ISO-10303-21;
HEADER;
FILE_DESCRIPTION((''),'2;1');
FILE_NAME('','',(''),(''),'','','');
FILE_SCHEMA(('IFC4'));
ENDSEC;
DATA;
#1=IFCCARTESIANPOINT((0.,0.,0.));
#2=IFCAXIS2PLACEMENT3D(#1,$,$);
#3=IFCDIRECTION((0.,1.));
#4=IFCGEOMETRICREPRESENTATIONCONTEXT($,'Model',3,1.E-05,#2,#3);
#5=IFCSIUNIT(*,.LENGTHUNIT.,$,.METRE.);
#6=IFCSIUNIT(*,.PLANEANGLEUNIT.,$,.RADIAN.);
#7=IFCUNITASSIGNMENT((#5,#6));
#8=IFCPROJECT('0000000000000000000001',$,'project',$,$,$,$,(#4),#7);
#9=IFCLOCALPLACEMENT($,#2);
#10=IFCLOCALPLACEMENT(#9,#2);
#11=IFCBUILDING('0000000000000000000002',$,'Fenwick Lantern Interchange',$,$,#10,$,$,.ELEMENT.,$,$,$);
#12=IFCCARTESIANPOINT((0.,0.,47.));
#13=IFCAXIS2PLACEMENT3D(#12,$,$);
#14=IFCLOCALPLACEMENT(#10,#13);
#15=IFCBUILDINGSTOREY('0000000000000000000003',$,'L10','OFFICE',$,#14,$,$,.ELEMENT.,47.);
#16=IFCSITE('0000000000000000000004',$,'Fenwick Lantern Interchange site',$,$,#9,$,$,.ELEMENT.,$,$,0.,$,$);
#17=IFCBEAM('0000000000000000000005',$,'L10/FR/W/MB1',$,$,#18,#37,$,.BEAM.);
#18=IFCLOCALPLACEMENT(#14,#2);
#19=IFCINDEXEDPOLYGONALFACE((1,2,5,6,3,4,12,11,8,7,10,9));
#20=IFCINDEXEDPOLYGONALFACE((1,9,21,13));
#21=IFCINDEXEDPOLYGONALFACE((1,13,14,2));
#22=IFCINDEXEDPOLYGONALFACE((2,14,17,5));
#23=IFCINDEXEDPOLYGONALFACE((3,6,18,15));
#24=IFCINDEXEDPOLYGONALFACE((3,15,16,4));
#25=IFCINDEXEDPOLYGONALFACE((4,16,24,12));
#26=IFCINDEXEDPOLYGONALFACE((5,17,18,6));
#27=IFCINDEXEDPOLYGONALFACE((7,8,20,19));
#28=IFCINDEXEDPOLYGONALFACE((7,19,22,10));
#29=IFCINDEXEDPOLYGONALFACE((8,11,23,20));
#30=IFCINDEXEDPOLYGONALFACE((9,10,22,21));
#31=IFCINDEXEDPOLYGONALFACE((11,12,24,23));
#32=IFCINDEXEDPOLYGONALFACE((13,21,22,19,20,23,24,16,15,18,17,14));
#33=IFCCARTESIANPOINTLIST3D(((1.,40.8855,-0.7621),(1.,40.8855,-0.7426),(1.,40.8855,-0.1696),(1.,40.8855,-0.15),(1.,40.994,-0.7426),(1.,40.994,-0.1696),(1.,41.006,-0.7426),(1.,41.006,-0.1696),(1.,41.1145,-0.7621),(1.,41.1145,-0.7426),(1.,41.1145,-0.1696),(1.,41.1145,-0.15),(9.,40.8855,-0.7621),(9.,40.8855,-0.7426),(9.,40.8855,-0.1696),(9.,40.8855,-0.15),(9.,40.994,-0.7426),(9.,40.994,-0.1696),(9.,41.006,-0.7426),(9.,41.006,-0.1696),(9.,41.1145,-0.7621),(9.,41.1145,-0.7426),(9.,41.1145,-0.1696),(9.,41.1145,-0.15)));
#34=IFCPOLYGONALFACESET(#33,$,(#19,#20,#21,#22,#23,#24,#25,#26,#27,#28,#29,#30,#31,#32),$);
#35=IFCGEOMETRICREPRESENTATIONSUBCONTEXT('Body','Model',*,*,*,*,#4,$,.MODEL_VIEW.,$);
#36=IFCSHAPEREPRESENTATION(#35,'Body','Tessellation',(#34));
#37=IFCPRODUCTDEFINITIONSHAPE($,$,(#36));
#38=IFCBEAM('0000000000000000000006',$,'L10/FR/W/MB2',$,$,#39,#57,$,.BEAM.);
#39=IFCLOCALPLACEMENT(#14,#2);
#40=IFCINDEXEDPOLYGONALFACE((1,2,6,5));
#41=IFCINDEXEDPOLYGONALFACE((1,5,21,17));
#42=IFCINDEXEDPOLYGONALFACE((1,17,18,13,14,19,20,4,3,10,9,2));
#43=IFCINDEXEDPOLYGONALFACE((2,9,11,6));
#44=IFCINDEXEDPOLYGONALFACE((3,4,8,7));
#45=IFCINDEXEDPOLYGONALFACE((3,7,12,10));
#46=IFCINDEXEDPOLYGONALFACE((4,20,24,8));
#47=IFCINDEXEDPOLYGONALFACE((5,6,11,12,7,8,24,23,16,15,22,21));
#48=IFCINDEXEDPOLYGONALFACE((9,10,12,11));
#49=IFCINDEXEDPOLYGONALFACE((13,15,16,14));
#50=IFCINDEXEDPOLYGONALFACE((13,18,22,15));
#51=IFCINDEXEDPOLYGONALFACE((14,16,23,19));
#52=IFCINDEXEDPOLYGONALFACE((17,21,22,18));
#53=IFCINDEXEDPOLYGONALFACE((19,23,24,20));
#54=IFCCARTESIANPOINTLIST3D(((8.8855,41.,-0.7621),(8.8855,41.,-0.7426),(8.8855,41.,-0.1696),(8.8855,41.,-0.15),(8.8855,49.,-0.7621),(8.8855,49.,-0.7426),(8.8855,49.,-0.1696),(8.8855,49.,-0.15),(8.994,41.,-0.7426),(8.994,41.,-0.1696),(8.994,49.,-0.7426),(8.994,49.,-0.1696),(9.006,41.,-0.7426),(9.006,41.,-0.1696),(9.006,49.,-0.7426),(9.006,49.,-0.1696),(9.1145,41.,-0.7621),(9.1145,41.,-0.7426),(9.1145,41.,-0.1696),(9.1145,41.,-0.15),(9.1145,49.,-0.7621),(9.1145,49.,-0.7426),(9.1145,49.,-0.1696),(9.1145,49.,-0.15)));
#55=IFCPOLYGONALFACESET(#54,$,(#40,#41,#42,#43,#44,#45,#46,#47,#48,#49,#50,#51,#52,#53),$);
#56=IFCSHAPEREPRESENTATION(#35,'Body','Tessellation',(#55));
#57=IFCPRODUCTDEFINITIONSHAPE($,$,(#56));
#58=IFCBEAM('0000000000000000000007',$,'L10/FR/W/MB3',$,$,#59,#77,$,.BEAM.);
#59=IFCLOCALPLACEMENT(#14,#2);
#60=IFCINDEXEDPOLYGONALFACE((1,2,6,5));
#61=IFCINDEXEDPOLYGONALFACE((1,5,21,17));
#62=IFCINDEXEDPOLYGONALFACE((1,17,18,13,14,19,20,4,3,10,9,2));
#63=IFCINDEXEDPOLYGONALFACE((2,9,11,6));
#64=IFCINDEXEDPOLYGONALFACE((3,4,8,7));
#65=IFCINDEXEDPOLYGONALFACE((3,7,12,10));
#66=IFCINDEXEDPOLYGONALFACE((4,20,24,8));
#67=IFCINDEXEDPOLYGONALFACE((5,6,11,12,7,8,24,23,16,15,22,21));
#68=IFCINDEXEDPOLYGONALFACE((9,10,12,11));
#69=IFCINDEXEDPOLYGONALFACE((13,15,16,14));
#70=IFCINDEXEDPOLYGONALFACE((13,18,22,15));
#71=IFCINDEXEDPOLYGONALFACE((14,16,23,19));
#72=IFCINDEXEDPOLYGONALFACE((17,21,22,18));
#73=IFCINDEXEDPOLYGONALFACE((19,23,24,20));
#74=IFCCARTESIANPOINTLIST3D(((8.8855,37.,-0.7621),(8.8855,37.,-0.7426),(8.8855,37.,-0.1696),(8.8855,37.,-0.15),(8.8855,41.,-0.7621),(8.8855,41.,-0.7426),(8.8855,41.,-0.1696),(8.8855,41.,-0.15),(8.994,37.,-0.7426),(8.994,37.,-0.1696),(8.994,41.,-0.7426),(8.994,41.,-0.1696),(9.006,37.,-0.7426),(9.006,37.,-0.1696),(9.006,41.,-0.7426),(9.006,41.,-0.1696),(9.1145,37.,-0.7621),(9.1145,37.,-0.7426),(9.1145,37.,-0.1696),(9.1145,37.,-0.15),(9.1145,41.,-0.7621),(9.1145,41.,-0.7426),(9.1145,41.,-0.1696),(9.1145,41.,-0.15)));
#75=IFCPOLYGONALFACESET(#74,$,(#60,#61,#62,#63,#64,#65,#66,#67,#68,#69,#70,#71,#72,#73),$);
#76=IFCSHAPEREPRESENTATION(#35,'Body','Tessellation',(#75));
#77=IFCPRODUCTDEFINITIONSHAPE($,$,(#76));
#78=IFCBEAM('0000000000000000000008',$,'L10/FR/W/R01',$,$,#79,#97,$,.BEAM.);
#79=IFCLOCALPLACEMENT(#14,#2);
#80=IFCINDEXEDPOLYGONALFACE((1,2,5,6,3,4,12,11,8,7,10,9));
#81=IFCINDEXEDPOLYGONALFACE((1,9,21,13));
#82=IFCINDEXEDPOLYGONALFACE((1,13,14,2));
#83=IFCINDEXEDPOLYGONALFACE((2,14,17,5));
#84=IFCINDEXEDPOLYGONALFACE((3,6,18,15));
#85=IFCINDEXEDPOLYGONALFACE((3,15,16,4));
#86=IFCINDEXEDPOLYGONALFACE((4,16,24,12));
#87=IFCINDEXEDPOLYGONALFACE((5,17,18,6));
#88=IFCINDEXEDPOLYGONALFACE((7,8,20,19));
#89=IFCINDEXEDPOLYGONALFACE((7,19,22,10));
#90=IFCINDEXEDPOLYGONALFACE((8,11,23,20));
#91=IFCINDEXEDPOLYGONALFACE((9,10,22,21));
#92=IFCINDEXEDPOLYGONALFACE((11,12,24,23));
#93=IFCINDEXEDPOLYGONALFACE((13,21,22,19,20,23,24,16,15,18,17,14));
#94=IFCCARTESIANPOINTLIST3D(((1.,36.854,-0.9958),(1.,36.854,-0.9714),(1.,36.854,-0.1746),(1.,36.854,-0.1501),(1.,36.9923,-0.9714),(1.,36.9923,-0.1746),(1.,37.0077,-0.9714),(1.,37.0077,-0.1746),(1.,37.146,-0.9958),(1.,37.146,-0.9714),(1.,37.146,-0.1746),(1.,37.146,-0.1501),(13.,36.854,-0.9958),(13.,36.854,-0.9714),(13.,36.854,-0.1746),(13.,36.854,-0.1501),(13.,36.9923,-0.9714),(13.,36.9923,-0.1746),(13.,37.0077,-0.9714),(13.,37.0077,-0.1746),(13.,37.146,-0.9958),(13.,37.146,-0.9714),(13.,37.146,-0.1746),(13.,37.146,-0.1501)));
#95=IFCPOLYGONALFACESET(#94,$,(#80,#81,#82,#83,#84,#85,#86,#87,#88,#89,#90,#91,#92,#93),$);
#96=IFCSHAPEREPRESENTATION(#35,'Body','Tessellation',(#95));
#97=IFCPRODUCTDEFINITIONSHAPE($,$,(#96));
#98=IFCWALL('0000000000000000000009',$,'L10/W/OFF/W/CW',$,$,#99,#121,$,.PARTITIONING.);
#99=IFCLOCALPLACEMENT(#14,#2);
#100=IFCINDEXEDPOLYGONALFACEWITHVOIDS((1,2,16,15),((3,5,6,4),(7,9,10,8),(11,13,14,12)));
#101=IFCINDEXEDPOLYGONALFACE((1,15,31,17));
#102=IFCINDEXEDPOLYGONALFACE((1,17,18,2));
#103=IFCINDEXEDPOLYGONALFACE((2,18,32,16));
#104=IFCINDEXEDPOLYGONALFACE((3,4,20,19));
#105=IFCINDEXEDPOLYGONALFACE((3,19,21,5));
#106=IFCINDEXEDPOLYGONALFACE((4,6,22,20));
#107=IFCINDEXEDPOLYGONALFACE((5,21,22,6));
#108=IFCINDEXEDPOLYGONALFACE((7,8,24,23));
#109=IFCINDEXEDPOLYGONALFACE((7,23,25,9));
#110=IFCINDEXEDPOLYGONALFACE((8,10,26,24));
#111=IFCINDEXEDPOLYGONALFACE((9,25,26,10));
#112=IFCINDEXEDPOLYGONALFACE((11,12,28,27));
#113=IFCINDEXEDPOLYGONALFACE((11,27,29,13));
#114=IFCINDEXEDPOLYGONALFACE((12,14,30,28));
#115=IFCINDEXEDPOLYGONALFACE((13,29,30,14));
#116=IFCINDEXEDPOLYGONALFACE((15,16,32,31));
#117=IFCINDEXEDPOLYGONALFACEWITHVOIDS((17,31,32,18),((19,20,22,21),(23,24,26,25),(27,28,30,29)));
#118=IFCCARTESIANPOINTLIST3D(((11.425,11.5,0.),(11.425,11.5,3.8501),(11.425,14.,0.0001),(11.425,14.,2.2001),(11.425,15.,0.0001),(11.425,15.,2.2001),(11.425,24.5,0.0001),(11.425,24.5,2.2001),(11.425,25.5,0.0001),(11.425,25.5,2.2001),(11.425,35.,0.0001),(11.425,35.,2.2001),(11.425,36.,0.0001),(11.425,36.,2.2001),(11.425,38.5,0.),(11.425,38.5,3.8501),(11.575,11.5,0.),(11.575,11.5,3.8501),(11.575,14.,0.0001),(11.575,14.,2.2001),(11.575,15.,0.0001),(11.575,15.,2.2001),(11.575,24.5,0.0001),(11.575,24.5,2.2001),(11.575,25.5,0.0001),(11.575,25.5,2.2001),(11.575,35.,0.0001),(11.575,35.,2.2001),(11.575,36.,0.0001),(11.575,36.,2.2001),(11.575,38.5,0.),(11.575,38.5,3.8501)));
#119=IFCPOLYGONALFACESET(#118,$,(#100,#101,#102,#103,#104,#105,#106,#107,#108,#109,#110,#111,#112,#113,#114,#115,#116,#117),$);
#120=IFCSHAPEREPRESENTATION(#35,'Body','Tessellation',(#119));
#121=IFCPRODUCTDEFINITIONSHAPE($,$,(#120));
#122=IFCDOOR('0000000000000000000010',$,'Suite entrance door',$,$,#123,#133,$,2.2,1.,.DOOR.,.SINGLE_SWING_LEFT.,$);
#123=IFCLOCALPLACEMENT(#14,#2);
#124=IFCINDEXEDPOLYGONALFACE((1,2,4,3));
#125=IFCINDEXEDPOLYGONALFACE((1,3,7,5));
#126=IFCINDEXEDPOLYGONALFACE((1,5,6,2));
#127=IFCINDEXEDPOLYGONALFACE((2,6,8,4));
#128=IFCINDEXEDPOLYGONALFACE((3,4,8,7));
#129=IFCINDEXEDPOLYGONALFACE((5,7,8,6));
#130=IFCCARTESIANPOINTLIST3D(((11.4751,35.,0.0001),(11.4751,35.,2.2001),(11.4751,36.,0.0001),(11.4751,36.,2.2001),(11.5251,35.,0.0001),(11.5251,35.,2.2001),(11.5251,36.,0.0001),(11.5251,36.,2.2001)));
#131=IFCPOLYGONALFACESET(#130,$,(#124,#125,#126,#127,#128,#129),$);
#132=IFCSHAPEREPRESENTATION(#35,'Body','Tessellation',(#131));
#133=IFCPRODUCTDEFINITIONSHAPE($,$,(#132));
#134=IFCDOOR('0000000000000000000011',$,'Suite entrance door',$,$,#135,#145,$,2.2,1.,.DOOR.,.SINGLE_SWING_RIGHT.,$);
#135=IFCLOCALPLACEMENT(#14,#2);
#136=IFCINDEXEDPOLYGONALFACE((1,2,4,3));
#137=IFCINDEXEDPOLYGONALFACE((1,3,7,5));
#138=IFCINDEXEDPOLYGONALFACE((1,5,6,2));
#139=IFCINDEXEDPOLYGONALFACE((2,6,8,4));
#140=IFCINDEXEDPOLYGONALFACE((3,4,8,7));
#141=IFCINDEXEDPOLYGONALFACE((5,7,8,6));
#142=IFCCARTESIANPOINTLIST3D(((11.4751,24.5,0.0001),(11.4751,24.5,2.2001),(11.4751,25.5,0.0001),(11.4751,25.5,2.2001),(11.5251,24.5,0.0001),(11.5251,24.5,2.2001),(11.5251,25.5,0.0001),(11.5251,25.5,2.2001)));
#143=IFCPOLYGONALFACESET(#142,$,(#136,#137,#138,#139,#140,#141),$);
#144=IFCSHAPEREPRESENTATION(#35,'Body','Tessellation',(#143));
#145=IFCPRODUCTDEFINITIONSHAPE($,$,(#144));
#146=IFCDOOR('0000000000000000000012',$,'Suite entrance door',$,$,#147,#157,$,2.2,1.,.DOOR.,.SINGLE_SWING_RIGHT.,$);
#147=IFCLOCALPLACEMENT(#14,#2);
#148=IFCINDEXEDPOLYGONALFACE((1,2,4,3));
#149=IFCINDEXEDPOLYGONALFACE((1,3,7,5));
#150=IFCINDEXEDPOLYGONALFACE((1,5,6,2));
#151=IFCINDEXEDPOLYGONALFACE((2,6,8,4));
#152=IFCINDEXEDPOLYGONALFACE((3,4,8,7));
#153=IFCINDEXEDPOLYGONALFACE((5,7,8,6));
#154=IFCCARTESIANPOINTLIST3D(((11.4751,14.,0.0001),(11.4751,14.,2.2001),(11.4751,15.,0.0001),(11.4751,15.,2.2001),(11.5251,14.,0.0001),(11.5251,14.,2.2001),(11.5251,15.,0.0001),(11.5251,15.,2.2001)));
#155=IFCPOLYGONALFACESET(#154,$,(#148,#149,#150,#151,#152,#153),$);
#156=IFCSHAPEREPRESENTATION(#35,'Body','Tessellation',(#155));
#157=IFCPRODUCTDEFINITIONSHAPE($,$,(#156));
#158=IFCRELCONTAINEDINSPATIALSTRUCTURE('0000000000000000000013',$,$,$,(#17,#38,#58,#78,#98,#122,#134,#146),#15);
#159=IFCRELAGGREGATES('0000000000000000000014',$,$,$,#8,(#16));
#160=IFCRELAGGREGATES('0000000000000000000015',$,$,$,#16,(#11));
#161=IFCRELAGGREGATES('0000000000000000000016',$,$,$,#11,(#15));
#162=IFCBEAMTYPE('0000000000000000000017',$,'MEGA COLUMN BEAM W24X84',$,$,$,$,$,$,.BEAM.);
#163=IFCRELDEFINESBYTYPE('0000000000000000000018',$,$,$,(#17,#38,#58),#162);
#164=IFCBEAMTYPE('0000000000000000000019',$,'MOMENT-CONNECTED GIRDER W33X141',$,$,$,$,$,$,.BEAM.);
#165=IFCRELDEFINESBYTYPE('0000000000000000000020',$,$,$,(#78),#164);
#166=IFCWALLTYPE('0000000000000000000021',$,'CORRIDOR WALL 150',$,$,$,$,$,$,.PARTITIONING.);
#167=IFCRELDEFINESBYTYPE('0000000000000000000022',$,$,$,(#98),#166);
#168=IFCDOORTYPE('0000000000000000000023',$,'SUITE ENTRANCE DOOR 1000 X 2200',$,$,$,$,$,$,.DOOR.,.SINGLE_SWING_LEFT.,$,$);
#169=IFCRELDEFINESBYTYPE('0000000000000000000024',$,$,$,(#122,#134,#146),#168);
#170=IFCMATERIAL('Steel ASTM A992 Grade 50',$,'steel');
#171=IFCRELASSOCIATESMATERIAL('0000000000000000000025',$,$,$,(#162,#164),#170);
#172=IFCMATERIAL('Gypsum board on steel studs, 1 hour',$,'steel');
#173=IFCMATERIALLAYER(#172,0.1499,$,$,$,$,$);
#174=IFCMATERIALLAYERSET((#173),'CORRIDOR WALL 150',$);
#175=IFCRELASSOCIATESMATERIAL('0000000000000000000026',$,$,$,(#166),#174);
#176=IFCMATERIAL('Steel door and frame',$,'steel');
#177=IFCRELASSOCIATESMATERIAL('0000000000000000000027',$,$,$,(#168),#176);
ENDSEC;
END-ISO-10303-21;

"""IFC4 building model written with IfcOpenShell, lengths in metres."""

from ifc_helpers import new_model, si_unit, direction, frame, frame_2d, origin, origin_2d, place, context, subcontext, project, spatial, rectangle, i_section, extrude, material, layer, layer_set, material_profile, profile_set, type_object, element, fill, save


model = new_model("IFC4")

# Units and contexts
model_context = context("Model", 3, precision=1e-05, world=origin(), true_north=direction((0.0, 1.0)))
body_context = subcontext(model_context, "Body", "Model", "MODEL_VIEW")
ifc_project = project(units=[si_unit("LENGTHUNIT", "METRE"), si_unit("PLANEANGLEUNIT", "RADIAN")], contexts=[model_context])

# Site, building, storey
site_placement = place(None, origin())
site = spatial("IfcSite", under=ifc_project, at=site_placement, Name="Fenwick Lantern Interchange site", CompositionType="ELEMENT", RefElevation=0.0)
building_placement = place(site_placement, origin())
building = spatial("IfcBuilding", under=site, at=building_placement, Name="Fenwick Lantern Interchange", CompositionType="ELEMENT")
storey_placement = place(building_placement, frame((0.0, 0.0, 47.0)))
storey = spatial("IfcBuildingStorey", under=building, at=storey_placement, Name="L10", Description="OFFICE", CompositionType="ELEMENT", Elevation=47.0)

# Beams
ifc_material_1 = material(Name="Steel ASTM A992 Grade 50", Category="steel")
ifc_material_profile_1 = material_profile(ifc_material_1, i_section(OverallWidth=0.229, OverallDepth=0.6121, WebThickness=0.012, FlangeThickness=0.0195, at=origin_2d()), Name="W24X84")
ifc_profile_set_1 = profile_set([ifc_material_profile_1], Name="Steel ASTM A992 Grade 50")
beam_type_1 = type_object("IfcBeamType", Name="MEGA COLUMN BEAM W24X84", PredefinedType="BEAM", material=ifc_profile_set_1)
for number, where, z_axis, x_axis, name in (
    (1, (9.0, 41.0, -0.4561), (-1.0, 0.0, 0.0), (0.0, -1.0, 0.0), "L10/FR/W/MB1"),
    (2, (9.0, 41.0, -0.4561), (0.0, 1.0, 0.0), (-1.0, 0.0, 0.0), "L10/FR/W/MB2"),
):
    element("IfcBeam", number, at=place(storey_placement, frame(where, z_axis=z_axis, x_axis=x_axis)), inside=storey, type_object=beam_type_1, Name=name, PredefinedType="BEAM", context=body_context, shape_type="SweptSolid", body=[
        extrude(i_section(OverallWidth=0.229, OverallDepth=0.6121, WebThickness=0.012, FlangeThickness=0.0195, at=origin_2d()), origin(), (0.0, 0.0, 1.0), 8.0),
    ])
beam_1_placement = place(storey_placement, frame((9.0, 41.0, -0.4561), z_axis=(0.0, -1.0, 0.0), x_axis=(1.0, 0.0, 0.0)))
element("IfcBeam", 3, at=beam_1_placement, inside=storey, type_object=beam_type_1, Name="L10/FR/W/MB3", PredefinedType="BEAM", context=body_context, shape_type="SweptSolid", body=[
    extrude(i_section(OverallWidth=0.229, OverallDepth=0.6121, WebThickness=0.012, FlangeThickness=0.0195, at=origin_2d()), origin(), (0.0, 0.0, 1.0), 4.0),
])
ifc_material_profile_2 = material_profile(ifc_material_1, i_section(OverallWidth=0.292, OverallDepth=0.8457, WebThickness=0.0154, FlangeThickness=0.0244, at=origin_2d()), Name="W33X141")
ifc_profile_set_2 = profile_set([ifc_material_profile_2], Name="Steel ASTM A992 Grade 50")
beam_type_2 = type_object("IfcBeamType", Name="MOMENT-CONNECTED GIRDER W33X141", PredefinedType="BEAM", material=ifc_profile_set_2)
beam_2_placement = place(storey_placement, frame((1.0, 37.0, -0.573), z_axis=(1.0, 0.0, 0.0), x_axis=(0.0, 1.0, 0.0)))
element("IfcBeam", 4, at=beam_2_placement, inside=storey, type_object=beam_type_2, Name="L10/FR/W/R01", PredefinedType="BEAM", context=body_context, shape_type="SweptSolid", body=[
    extrude(i_section(OverallWidth=0.292, OverallDepth=0.8457, WebThickness=0.0154, FlangeThickness=0.0244, at=origin_2d()), origin(), (0.0, 0.0, 1.0), 12.0),
])

# Wall, openings, doors
ifc_material_2 = material(Name="Gypsum board on steel studs, 1 hour", Category="steel")
ifc_layer = layer(ifc_material_2, 0.1499)
ifc_layer_set = layer_set([ifc_layer], Name="CORRIDOR WALL 150")
wall_type = type_object("IfcWallType", Name="CORRIDOR WALL 150", PredefinedType="PARTITIONING", material=ifc_layer_set)
wall_placement = place(storey_placement, frame((11.5, 38.5, 0.0), z_axis=(0.0, 0.0, 1.0), x_axis=(0.0, -1.0, 0.0)))
wall = element("IfcWall", 5, at=wall_placement, inside=storey, type_object=wall_type, Name="L10/W/OFF/W/CW", PredefinedType="PARTITIONING", context=body_context, shape_type="SweptSolid", body=[
    extrude(rectangle(XDim=27.0, YDim=0.1499, at=frame_2d((13.5, 0.0))), origin(), (0.0, 0.0, 1.0), 3.8501),
])
opening_1_placement = place(wall_placement, frame((2.5, 0.0, 0.0)))
opening_1 = element("IfcOpeningElement", 6, at=opening_1_placement, cuts=wall, PredefinedType="OPENING", context=body_context, shape_type="SweptSolid", body=[
    extrude(rectangle(XDim=1.0, YDim=2.2, at=frame_2d((0.5, 1.1001))), frame((0.0, 0.085, 0.0), z_axis=(0.0, -1.0, 0.0), x_axis=(1.0, 0.0, 0.0)), (0.0, 0.0, 1.0), 0.1699),
])
opening_2_placement = place(wall_placement, frame((13.0, 0.0, 0.0)))
opening_2 = element("IfcOpeningElement", 7, at=opening_2_placement, cuts=wall, PredefinedType="OPENING", context=body_context, shape_type="SweptSolid", body=[
    extrude(rectangle(XDim=1.0, YDim=2.2, at=frame_2d((0.5, 1.1001))), frame((0.0, 0.085, 0.0), z_axis=(0.0, -1.0, 0.0), x_axis=(1.0, 0.0, 0.0)), (0.0, 0.0, 1.0), 0.1699),
])
opening_3_placement = place(wall_placement, frame((23.5, 0.0, 0.0)))
opening_3 = element("IfcOpeningElement", 8, at=opening_3_placement, cuts=wall, PredefinedType="OPENING", context=body_context, shape_type="SweptSolid", body=[
    extrude(rectangle(XDim=1.0, YDim=2.2, at=frame_2d((0.5, 1.1001))), frame((0.0, 0.085, 0.0), z_axis=(0.0, -1.0, 0.0), x_axis=(1.0, 0.0, 0.0)), (0.0, 0.0, 1.0), 0.1699),
])
ifc_material_3 = material(Name="Steel door and frame", Category="steel")
door_type = type_object("IfcDoorType", Name="SUITE ENTRANCE DOOR 1000 X 2200", OperationType="SINGLE_SWING_LEFT", PredefinedType="DOOR", material=ifc_material_3)
door_1_placement = place(opening_1_placement, frame((1.0, 0.0, 0.0), z_axis=(0.0, 0.0, 1.0), x_axis=(-1.0, 0.0, 0.0)))
door_1 = element("IfcDoor", 9, at=door_1_placement, inside=storey, type_object=door_type, Name="Suite entrance door", OperationType="SINGLE_SWING_LEFT", OverallHeight=2.2, OverallWidth=1.0, PredefinedType="DOOR", context=body_context, shape_type="SweptSolid", body=[
    extrude(rectangle(XDim=1.0, YDim=2.2, at=frame_2d((0.5, 1.1001))), frame((0.0, 0.0249, 0.0), z_axis=(0.0, -1.0, 0.0), x_axis=(1.0, 0.0, 0.0)), (0.0, 0.0, 1.0), 0.05),
])
fill(opening_1, door_1)
door_2_placement = place(opening_2_placement, frame((1.0, 0.0, 0.0), z_axis=(0.0, 0.0, 1.0), x_axis=(-1.0, 0.0, 0.0)))
door_2 = element("IfcDoor", 10, at=door_2_placement, inside=storey, type_object=door_type, Name="Suite entrance door", OperationType="SINGLE_SWING_RIGHT", OverallHeight=2.2, OverallWidth=1.0, PredefinedType="DOOR", context=body_context, shape_type="SweptSolid", body=[
    extrude(rectangle(XDim=1.0, YDim=2.2, at=frame_2d((0.5, 1.1001))), frame((0.0, 0.0249, 0.0), z_axis=(0.0, -1.0, 0.0), x_axis=(1.0, 0.0, 0.0)), (0.0, 0.0, 1.0), 0.05),
])
fill(opening_2, door_2)
door_3_placement = place(opening_3_placement, frame((1.0, 0.0, 0.0), z_axis=(0.0, 0.0, 1.0), x_axis=(-1.0, 0.0, 0.0)))
door_3 = element("IfcDoor", 11, at=door_3_placement, inside=storey, type_object=door_type, Name="Suite entrance door", OperationType="SINGLE_SWING_RIGHT", OverallHeight=2.2, OverallWidth=1.0, PredefinedType="DOOR", context=body_context, shape_type="SweptSolid", body=[
    extrude(rectangle(XDim=1.0, YDim=2.2, at=frame_2d((0.5, 1.1001))), frame((0.0, 0.0249, 0.0), z_axis=(0.0, -1.0, 0.0), x_axis=(1.0, 0.0, 0.0)), (0.0, 0.0, 1.0), 0.05),
])
fill(opening_3, door_3)

save(model, "model.ifc")
